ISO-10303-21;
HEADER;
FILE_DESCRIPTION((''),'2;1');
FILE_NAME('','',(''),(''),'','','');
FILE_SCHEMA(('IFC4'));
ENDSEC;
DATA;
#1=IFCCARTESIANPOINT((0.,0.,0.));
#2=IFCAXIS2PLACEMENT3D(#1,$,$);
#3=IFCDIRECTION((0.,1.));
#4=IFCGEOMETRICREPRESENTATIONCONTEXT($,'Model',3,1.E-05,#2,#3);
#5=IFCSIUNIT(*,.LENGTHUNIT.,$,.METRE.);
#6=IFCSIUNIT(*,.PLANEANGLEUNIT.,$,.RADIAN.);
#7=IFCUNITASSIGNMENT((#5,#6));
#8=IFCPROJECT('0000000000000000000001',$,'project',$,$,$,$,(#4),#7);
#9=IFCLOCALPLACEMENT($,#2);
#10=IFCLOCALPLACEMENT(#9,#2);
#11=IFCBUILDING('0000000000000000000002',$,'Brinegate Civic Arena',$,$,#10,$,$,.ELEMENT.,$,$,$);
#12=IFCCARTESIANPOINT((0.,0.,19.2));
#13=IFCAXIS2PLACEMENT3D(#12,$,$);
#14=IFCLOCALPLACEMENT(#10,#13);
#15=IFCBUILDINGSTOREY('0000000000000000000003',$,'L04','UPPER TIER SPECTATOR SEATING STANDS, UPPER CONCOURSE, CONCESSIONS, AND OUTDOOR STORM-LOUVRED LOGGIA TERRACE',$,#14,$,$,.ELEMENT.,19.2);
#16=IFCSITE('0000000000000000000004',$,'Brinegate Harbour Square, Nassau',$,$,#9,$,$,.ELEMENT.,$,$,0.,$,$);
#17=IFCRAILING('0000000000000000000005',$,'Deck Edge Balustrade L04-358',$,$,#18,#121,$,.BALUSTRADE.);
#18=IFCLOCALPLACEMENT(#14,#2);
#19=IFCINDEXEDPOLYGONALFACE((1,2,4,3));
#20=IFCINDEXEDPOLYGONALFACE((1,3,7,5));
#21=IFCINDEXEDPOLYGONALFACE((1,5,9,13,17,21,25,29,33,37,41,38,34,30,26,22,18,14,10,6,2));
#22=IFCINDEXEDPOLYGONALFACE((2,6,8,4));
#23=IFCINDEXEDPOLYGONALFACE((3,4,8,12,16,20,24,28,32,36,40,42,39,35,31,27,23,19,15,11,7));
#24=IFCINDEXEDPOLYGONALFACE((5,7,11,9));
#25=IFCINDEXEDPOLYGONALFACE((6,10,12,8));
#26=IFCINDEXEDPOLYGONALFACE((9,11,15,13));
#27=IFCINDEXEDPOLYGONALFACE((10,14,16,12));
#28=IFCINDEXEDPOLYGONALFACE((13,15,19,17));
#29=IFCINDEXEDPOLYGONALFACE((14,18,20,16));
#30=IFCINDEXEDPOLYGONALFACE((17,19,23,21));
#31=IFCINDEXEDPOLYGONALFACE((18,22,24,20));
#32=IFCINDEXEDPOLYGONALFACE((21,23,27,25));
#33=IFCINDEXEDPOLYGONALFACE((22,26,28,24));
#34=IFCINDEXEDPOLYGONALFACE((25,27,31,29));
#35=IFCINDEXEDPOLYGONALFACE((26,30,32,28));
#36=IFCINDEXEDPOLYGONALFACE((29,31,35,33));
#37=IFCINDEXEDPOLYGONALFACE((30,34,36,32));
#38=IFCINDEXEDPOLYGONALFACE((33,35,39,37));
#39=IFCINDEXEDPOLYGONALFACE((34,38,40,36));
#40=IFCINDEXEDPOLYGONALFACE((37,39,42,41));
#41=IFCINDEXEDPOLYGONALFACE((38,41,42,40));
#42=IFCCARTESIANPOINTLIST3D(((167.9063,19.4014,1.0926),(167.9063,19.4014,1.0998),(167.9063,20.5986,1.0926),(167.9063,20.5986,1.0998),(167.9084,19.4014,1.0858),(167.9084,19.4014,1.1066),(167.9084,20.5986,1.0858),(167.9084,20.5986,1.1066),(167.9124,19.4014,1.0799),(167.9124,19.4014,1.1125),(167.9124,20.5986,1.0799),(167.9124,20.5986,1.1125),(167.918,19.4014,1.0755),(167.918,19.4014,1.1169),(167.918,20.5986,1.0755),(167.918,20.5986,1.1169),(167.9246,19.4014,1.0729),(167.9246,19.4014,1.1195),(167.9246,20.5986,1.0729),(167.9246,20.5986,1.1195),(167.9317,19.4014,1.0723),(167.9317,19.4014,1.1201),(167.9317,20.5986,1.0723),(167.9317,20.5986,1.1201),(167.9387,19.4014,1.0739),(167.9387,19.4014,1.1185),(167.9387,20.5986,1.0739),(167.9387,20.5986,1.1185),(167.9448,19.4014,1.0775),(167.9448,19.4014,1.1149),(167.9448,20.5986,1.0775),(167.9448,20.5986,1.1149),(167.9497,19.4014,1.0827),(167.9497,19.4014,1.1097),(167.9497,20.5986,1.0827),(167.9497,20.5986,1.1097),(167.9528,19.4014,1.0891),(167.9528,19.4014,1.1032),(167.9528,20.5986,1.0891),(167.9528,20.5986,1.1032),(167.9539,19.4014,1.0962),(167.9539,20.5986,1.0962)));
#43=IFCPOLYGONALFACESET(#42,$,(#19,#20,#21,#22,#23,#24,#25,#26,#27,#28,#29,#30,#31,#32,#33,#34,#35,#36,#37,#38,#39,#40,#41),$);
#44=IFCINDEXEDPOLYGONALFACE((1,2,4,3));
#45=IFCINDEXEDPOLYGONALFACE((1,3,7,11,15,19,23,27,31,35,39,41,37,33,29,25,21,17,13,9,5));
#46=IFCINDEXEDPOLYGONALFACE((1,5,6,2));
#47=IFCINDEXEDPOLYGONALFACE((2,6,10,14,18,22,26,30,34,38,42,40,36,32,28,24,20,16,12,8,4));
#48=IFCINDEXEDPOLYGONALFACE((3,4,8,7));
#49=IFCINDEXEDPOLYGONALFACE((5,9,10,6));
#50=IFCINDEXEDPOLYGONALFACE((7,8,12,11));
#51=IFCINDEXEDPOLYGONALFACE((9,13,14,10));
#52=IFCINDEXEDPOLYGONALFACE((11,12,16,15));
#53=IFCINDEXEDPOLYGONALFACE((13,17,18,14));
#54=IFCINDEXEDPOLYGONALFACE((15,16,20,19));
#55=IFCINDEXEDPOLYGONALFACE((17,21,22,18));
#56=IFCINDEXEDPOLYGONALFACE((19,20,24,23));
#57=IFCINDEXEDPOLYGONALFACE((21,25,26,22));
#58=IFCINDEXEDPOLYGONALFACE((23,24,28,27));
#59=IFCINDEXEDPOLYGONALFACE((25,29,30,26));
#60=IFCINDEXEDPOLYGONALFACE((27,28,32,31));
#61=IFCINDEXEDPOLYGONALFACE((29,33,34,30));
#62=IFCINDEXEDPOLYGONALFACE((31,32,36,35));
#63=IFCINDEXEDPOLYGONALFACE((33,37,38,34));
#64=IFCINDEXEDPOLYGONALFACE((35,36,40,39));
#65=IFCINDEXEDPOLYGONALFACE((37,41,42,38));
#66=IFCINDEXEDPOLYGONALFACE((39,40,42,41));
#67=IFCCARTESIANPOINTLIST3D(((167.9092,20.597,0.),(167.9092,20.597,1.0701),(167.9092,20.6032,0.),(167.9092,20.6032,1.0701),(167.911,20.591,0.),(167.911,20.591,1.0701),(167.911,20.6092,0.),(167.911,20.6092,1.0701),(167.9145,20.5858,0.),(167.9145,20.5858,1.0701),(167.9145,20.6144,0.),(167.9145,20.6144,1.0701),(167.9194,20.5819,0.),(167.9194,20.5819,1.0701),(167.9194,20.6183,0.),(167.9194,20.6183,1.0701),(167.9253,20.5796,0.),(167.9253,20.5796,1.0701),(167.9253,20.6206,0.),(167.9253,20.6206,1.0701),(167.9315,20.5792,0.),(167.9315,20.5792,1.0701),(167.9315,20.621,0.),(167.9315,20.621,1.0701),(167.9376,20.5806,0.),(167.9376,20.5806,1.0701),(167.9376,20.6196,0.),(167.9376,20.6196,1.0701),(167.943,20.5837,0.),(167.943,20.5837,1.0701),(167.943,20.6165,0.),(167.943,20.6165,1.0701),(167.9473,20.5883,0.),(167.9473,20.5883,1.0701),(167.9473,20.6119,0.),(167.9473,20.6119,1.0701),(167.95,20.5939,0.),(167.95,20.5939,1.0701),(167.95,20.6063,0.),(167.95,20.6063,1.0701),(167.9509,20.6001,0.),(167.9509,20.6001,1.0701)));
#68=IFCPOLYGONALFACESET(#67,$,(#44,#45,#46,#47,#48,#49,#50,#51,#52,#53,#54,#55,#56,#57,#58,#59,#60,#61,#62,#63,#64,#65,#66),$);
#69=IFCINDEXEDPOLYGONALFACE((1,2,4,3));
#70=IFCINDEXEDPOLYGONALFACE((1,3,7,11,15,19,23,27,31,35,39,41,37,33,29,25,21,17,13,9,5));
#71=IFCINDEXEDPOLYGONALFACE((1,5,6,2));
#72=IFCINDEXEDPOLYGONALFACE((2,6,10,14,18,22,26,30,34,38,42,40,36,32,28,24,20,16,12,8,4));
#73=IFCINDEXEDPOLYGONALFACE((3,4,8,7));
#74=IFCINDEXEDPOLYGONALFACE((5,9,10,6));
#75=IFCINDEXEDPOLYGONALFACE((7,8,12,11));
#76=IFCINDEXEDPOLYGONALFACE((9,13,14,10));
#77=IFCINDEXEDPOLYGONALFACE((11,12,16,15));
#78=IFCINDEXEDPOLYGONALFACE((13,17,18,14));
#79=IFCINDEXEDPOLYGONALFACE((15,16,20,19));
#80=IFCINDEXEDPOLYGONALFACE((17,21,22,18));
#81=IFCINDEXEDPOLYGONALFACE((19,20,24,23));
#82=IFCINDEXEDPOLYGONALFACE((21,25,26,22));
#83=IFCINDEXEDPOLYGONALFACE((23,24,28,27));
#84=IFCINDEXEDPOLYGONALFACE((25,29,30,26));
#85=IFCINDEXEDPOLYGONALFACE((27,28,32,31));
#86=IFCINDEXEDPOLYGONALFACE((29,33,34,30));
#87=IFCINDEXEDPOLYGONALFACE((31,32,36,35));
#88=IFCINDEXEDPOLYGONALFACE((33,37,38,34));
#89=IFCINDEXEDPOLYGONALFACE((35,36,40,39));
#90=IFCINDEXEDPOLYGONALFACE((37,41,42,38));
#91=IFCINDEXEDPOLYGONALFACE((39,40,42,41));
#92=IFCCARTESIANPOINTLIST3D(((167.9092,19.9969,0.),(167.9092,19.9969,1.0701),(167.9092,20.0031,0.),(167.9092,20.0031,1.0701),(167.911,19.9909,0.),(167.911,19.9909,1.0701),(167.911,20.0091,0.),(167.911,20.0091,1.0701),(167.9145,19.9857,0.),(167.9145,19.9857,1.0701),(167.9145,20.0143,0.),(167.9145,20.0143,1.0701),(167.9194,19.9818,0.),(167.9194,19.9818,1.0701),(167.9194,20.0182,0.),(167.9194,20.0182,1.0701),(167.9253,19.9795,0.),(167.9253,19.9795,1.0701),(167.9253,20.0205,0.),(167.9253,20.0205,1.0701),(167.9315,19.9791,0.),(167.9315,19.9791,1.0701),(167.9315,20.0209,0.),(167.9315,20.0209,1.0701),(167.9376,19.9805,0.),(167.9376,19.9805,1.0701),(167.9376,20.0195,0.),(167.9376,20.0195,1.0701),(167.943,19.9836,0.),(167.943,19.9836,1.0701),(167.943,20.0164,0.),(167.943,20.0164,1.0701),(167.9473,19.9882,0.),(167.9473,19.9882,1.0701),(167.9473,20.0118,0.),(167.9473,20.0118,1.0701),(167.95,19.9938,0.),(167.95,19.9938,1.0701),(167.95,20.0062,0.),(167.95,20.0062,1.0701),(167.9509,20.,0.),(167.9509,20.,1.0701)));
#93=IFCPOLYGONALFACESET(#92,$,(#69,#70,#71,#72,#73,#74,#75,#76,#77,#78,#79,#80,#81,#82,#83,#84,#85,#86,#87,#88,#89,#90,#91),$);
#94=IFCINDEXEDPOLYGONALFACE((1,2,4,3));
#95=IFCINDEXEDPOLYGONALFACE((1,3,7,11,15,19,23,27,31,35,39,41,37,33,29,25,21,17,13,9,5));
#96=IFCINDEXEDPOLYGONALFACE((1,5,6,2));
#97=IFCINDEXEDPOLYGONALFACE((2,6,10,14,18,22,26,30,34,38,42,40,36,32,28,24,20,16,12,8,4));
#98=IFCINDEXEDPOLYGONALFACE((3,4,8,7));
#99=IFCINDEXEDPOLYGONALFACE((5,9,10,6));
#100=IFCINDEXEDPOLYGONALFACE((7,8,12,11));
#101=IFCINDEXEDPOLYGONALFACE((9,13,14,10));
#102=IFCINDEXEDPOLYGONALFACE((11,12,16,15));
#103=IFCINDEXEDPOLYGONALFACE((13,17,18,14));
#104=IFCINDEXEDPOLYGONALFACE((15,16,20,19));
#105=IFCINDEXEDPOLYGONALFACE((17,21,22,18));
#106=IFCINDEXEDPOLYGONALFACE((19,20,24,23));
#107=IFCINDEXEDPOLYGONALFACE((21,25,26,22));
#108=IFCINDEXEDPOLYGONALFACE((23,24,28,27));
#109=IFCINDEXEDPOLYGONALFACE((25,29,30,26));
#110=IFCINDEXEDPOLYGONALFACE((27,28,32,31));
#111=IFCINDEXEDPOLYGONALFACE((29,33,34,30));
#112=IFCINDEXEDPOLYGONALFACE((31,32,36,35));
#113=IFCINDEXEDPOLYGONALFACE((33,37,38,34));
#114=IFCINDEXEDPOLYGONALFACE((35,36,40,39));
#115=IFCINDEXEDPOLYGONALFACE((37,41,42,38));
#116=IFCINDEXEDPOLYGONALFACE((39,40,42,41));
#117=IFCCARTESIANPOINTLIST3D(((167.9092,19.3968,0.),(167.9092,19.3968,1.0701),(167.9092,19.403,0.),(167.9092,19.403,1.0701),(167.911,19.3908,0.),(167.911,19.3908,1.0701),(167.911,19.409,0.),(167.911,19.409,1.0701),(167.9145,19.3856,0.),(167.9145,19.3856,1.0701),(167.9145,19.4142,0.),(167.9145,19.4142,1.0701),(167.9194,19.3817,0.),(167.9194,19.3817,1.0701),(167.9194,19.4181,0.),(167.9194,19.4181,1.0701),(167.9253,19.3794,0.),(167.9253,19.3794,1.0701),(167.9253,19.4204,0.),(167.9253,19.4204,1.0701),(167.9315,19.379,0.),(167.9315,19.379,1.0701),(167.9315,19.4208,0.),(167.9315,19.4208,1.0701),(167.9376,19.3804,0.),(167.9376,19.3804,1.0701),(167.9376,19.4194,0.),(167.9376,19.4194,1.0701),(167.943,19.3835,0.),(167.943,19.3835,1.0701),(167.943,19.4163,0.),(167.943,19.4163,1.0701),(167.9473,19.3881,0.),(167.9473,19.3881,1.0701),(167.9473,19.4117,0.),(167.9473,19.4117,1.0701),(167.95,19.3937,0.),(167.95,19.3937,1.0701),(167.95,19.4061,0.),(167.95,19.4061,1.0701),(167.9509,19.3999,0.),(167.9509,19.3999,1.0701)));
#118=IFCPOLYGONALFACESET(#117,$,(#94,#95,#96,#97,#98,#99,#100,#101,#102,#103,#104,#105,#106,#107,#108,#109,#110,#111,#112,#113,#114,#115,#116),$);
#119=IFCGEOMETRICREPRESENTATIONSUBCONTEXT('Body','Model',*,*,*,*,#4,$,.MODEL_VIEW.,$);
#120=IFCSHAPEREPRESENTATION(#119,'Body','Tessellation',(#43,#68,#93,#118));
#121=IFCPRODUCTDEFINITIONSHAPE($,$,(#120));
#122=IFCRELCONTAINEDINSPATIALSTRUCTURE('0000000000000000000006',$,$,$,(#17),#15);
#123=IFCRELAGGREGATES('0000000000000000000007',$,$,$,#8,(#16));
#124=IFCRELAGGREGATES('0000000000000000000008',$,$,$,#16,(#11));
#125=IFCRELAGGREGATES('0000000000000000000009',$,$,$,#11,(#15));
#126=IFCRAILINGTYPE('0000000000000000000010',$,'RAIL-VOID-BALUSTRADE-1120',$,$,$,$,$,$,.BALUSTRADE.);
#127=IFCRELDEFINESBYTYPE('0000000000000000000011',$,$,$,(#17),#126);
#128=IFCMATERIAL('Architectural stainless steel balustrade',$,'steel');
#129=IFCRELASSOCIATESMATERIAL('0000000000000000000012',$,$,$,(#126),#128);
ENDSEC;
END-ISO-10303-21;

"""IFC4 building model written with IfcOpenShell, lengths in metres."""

from ifc_helpers import new_model, si_unit, direction, frame, origin, origin_2d, place, context, subcontext, project, spatial, circle, extrude, material, type_object, element, save


model = new_model("IFC4")

# Units and contexts
model_context = context("Model", 3, precision=1e-05, world=origin(), true_north=direction((0.0, 1.0)))
body_context = subcontext(model_context, "Body", "Model", "MODEL_VIEW")
ifc_project = project(units=[si_unit("LENGTHUNIT", "METRE"), si_unit("PLANEANGLEUNIT", "RADIAN")], contexts=[model_context])

# Site, building, storey
site_placement = place(None, origin())
site = spatial("IfcSite", under=ifc_project, at=site_placement, Name="Brinegate Harbour Square, Nassau", CompositionType="ELEMENT", RefElevation=0.0)
building_placement = place(site_placement, origin())
building = spatial("IfcBuilding", under=site, at=building_placement, Name="Brinegate Civic Arena", CompositionType="ELEMENT")
storey_placement = place(building_placement, frame((0.0, 0.0, 19.2)))
storey = spatial("IfcBuildingStorey", under=building, at=storey_placement, Name="L04", Description="UPPER TIER SPECTATOR SEATING STANDS, UPPER CONCOURSE, CONCESSIONS, AND OUTDOOR STORM-LOUVRED LOGGIA TERRACE", CompositionType="ELEMENT", Elevation=19.2)

# Railing
ifc_material_1 = material(Name="Architectural stainless steel balustrade", Category="steel")
railing_type_1 = type_object("IfcRailingType", Name="RAIL-VOID-BALUSTRADE-1120", PredefinedType="BALUSTRADE", material=ifc_material_1)
railing_1_placement = place(storey_placement, frame((167.9299, 20.6001, 0.0)))
element("IfcRailing", 1, at=railing_1_placement, inside=storey, type_object=railing_type_1, Name="Deck Edge Balustrade L04-358", PredefinedType="BALUSTRADE", context=body_context, shape_type="SweptSolid", body=[
    extrude(circle(Radius=0.0239, at=origin_2d()), frame((0.0, -0.0015, 1.0962), z_axis=(0.0, -1.0, 0.0), x_axis=(1.0, 0.0, 0.0)), (0.0, 0.0, 1.0), 1.1973),
    extrude(circle(Radius=0.021, at=origin_2d()), origin(), (0.0, 0.0, 1.0), 1.0701),
    extrude(circle(Radius=0.021, at=origin_2d()), frame((0.0, -0.6001, 0.0)), (0.0, 0.0, 1.0), 1.0701),
    extrude(circle(Radius=0.021, at=origin_2d()), frame((0.0, -1.2002, 0.0)), (0.0, 0.0, 1.0), 1.0701),
])

save(model, "model.ifc")
